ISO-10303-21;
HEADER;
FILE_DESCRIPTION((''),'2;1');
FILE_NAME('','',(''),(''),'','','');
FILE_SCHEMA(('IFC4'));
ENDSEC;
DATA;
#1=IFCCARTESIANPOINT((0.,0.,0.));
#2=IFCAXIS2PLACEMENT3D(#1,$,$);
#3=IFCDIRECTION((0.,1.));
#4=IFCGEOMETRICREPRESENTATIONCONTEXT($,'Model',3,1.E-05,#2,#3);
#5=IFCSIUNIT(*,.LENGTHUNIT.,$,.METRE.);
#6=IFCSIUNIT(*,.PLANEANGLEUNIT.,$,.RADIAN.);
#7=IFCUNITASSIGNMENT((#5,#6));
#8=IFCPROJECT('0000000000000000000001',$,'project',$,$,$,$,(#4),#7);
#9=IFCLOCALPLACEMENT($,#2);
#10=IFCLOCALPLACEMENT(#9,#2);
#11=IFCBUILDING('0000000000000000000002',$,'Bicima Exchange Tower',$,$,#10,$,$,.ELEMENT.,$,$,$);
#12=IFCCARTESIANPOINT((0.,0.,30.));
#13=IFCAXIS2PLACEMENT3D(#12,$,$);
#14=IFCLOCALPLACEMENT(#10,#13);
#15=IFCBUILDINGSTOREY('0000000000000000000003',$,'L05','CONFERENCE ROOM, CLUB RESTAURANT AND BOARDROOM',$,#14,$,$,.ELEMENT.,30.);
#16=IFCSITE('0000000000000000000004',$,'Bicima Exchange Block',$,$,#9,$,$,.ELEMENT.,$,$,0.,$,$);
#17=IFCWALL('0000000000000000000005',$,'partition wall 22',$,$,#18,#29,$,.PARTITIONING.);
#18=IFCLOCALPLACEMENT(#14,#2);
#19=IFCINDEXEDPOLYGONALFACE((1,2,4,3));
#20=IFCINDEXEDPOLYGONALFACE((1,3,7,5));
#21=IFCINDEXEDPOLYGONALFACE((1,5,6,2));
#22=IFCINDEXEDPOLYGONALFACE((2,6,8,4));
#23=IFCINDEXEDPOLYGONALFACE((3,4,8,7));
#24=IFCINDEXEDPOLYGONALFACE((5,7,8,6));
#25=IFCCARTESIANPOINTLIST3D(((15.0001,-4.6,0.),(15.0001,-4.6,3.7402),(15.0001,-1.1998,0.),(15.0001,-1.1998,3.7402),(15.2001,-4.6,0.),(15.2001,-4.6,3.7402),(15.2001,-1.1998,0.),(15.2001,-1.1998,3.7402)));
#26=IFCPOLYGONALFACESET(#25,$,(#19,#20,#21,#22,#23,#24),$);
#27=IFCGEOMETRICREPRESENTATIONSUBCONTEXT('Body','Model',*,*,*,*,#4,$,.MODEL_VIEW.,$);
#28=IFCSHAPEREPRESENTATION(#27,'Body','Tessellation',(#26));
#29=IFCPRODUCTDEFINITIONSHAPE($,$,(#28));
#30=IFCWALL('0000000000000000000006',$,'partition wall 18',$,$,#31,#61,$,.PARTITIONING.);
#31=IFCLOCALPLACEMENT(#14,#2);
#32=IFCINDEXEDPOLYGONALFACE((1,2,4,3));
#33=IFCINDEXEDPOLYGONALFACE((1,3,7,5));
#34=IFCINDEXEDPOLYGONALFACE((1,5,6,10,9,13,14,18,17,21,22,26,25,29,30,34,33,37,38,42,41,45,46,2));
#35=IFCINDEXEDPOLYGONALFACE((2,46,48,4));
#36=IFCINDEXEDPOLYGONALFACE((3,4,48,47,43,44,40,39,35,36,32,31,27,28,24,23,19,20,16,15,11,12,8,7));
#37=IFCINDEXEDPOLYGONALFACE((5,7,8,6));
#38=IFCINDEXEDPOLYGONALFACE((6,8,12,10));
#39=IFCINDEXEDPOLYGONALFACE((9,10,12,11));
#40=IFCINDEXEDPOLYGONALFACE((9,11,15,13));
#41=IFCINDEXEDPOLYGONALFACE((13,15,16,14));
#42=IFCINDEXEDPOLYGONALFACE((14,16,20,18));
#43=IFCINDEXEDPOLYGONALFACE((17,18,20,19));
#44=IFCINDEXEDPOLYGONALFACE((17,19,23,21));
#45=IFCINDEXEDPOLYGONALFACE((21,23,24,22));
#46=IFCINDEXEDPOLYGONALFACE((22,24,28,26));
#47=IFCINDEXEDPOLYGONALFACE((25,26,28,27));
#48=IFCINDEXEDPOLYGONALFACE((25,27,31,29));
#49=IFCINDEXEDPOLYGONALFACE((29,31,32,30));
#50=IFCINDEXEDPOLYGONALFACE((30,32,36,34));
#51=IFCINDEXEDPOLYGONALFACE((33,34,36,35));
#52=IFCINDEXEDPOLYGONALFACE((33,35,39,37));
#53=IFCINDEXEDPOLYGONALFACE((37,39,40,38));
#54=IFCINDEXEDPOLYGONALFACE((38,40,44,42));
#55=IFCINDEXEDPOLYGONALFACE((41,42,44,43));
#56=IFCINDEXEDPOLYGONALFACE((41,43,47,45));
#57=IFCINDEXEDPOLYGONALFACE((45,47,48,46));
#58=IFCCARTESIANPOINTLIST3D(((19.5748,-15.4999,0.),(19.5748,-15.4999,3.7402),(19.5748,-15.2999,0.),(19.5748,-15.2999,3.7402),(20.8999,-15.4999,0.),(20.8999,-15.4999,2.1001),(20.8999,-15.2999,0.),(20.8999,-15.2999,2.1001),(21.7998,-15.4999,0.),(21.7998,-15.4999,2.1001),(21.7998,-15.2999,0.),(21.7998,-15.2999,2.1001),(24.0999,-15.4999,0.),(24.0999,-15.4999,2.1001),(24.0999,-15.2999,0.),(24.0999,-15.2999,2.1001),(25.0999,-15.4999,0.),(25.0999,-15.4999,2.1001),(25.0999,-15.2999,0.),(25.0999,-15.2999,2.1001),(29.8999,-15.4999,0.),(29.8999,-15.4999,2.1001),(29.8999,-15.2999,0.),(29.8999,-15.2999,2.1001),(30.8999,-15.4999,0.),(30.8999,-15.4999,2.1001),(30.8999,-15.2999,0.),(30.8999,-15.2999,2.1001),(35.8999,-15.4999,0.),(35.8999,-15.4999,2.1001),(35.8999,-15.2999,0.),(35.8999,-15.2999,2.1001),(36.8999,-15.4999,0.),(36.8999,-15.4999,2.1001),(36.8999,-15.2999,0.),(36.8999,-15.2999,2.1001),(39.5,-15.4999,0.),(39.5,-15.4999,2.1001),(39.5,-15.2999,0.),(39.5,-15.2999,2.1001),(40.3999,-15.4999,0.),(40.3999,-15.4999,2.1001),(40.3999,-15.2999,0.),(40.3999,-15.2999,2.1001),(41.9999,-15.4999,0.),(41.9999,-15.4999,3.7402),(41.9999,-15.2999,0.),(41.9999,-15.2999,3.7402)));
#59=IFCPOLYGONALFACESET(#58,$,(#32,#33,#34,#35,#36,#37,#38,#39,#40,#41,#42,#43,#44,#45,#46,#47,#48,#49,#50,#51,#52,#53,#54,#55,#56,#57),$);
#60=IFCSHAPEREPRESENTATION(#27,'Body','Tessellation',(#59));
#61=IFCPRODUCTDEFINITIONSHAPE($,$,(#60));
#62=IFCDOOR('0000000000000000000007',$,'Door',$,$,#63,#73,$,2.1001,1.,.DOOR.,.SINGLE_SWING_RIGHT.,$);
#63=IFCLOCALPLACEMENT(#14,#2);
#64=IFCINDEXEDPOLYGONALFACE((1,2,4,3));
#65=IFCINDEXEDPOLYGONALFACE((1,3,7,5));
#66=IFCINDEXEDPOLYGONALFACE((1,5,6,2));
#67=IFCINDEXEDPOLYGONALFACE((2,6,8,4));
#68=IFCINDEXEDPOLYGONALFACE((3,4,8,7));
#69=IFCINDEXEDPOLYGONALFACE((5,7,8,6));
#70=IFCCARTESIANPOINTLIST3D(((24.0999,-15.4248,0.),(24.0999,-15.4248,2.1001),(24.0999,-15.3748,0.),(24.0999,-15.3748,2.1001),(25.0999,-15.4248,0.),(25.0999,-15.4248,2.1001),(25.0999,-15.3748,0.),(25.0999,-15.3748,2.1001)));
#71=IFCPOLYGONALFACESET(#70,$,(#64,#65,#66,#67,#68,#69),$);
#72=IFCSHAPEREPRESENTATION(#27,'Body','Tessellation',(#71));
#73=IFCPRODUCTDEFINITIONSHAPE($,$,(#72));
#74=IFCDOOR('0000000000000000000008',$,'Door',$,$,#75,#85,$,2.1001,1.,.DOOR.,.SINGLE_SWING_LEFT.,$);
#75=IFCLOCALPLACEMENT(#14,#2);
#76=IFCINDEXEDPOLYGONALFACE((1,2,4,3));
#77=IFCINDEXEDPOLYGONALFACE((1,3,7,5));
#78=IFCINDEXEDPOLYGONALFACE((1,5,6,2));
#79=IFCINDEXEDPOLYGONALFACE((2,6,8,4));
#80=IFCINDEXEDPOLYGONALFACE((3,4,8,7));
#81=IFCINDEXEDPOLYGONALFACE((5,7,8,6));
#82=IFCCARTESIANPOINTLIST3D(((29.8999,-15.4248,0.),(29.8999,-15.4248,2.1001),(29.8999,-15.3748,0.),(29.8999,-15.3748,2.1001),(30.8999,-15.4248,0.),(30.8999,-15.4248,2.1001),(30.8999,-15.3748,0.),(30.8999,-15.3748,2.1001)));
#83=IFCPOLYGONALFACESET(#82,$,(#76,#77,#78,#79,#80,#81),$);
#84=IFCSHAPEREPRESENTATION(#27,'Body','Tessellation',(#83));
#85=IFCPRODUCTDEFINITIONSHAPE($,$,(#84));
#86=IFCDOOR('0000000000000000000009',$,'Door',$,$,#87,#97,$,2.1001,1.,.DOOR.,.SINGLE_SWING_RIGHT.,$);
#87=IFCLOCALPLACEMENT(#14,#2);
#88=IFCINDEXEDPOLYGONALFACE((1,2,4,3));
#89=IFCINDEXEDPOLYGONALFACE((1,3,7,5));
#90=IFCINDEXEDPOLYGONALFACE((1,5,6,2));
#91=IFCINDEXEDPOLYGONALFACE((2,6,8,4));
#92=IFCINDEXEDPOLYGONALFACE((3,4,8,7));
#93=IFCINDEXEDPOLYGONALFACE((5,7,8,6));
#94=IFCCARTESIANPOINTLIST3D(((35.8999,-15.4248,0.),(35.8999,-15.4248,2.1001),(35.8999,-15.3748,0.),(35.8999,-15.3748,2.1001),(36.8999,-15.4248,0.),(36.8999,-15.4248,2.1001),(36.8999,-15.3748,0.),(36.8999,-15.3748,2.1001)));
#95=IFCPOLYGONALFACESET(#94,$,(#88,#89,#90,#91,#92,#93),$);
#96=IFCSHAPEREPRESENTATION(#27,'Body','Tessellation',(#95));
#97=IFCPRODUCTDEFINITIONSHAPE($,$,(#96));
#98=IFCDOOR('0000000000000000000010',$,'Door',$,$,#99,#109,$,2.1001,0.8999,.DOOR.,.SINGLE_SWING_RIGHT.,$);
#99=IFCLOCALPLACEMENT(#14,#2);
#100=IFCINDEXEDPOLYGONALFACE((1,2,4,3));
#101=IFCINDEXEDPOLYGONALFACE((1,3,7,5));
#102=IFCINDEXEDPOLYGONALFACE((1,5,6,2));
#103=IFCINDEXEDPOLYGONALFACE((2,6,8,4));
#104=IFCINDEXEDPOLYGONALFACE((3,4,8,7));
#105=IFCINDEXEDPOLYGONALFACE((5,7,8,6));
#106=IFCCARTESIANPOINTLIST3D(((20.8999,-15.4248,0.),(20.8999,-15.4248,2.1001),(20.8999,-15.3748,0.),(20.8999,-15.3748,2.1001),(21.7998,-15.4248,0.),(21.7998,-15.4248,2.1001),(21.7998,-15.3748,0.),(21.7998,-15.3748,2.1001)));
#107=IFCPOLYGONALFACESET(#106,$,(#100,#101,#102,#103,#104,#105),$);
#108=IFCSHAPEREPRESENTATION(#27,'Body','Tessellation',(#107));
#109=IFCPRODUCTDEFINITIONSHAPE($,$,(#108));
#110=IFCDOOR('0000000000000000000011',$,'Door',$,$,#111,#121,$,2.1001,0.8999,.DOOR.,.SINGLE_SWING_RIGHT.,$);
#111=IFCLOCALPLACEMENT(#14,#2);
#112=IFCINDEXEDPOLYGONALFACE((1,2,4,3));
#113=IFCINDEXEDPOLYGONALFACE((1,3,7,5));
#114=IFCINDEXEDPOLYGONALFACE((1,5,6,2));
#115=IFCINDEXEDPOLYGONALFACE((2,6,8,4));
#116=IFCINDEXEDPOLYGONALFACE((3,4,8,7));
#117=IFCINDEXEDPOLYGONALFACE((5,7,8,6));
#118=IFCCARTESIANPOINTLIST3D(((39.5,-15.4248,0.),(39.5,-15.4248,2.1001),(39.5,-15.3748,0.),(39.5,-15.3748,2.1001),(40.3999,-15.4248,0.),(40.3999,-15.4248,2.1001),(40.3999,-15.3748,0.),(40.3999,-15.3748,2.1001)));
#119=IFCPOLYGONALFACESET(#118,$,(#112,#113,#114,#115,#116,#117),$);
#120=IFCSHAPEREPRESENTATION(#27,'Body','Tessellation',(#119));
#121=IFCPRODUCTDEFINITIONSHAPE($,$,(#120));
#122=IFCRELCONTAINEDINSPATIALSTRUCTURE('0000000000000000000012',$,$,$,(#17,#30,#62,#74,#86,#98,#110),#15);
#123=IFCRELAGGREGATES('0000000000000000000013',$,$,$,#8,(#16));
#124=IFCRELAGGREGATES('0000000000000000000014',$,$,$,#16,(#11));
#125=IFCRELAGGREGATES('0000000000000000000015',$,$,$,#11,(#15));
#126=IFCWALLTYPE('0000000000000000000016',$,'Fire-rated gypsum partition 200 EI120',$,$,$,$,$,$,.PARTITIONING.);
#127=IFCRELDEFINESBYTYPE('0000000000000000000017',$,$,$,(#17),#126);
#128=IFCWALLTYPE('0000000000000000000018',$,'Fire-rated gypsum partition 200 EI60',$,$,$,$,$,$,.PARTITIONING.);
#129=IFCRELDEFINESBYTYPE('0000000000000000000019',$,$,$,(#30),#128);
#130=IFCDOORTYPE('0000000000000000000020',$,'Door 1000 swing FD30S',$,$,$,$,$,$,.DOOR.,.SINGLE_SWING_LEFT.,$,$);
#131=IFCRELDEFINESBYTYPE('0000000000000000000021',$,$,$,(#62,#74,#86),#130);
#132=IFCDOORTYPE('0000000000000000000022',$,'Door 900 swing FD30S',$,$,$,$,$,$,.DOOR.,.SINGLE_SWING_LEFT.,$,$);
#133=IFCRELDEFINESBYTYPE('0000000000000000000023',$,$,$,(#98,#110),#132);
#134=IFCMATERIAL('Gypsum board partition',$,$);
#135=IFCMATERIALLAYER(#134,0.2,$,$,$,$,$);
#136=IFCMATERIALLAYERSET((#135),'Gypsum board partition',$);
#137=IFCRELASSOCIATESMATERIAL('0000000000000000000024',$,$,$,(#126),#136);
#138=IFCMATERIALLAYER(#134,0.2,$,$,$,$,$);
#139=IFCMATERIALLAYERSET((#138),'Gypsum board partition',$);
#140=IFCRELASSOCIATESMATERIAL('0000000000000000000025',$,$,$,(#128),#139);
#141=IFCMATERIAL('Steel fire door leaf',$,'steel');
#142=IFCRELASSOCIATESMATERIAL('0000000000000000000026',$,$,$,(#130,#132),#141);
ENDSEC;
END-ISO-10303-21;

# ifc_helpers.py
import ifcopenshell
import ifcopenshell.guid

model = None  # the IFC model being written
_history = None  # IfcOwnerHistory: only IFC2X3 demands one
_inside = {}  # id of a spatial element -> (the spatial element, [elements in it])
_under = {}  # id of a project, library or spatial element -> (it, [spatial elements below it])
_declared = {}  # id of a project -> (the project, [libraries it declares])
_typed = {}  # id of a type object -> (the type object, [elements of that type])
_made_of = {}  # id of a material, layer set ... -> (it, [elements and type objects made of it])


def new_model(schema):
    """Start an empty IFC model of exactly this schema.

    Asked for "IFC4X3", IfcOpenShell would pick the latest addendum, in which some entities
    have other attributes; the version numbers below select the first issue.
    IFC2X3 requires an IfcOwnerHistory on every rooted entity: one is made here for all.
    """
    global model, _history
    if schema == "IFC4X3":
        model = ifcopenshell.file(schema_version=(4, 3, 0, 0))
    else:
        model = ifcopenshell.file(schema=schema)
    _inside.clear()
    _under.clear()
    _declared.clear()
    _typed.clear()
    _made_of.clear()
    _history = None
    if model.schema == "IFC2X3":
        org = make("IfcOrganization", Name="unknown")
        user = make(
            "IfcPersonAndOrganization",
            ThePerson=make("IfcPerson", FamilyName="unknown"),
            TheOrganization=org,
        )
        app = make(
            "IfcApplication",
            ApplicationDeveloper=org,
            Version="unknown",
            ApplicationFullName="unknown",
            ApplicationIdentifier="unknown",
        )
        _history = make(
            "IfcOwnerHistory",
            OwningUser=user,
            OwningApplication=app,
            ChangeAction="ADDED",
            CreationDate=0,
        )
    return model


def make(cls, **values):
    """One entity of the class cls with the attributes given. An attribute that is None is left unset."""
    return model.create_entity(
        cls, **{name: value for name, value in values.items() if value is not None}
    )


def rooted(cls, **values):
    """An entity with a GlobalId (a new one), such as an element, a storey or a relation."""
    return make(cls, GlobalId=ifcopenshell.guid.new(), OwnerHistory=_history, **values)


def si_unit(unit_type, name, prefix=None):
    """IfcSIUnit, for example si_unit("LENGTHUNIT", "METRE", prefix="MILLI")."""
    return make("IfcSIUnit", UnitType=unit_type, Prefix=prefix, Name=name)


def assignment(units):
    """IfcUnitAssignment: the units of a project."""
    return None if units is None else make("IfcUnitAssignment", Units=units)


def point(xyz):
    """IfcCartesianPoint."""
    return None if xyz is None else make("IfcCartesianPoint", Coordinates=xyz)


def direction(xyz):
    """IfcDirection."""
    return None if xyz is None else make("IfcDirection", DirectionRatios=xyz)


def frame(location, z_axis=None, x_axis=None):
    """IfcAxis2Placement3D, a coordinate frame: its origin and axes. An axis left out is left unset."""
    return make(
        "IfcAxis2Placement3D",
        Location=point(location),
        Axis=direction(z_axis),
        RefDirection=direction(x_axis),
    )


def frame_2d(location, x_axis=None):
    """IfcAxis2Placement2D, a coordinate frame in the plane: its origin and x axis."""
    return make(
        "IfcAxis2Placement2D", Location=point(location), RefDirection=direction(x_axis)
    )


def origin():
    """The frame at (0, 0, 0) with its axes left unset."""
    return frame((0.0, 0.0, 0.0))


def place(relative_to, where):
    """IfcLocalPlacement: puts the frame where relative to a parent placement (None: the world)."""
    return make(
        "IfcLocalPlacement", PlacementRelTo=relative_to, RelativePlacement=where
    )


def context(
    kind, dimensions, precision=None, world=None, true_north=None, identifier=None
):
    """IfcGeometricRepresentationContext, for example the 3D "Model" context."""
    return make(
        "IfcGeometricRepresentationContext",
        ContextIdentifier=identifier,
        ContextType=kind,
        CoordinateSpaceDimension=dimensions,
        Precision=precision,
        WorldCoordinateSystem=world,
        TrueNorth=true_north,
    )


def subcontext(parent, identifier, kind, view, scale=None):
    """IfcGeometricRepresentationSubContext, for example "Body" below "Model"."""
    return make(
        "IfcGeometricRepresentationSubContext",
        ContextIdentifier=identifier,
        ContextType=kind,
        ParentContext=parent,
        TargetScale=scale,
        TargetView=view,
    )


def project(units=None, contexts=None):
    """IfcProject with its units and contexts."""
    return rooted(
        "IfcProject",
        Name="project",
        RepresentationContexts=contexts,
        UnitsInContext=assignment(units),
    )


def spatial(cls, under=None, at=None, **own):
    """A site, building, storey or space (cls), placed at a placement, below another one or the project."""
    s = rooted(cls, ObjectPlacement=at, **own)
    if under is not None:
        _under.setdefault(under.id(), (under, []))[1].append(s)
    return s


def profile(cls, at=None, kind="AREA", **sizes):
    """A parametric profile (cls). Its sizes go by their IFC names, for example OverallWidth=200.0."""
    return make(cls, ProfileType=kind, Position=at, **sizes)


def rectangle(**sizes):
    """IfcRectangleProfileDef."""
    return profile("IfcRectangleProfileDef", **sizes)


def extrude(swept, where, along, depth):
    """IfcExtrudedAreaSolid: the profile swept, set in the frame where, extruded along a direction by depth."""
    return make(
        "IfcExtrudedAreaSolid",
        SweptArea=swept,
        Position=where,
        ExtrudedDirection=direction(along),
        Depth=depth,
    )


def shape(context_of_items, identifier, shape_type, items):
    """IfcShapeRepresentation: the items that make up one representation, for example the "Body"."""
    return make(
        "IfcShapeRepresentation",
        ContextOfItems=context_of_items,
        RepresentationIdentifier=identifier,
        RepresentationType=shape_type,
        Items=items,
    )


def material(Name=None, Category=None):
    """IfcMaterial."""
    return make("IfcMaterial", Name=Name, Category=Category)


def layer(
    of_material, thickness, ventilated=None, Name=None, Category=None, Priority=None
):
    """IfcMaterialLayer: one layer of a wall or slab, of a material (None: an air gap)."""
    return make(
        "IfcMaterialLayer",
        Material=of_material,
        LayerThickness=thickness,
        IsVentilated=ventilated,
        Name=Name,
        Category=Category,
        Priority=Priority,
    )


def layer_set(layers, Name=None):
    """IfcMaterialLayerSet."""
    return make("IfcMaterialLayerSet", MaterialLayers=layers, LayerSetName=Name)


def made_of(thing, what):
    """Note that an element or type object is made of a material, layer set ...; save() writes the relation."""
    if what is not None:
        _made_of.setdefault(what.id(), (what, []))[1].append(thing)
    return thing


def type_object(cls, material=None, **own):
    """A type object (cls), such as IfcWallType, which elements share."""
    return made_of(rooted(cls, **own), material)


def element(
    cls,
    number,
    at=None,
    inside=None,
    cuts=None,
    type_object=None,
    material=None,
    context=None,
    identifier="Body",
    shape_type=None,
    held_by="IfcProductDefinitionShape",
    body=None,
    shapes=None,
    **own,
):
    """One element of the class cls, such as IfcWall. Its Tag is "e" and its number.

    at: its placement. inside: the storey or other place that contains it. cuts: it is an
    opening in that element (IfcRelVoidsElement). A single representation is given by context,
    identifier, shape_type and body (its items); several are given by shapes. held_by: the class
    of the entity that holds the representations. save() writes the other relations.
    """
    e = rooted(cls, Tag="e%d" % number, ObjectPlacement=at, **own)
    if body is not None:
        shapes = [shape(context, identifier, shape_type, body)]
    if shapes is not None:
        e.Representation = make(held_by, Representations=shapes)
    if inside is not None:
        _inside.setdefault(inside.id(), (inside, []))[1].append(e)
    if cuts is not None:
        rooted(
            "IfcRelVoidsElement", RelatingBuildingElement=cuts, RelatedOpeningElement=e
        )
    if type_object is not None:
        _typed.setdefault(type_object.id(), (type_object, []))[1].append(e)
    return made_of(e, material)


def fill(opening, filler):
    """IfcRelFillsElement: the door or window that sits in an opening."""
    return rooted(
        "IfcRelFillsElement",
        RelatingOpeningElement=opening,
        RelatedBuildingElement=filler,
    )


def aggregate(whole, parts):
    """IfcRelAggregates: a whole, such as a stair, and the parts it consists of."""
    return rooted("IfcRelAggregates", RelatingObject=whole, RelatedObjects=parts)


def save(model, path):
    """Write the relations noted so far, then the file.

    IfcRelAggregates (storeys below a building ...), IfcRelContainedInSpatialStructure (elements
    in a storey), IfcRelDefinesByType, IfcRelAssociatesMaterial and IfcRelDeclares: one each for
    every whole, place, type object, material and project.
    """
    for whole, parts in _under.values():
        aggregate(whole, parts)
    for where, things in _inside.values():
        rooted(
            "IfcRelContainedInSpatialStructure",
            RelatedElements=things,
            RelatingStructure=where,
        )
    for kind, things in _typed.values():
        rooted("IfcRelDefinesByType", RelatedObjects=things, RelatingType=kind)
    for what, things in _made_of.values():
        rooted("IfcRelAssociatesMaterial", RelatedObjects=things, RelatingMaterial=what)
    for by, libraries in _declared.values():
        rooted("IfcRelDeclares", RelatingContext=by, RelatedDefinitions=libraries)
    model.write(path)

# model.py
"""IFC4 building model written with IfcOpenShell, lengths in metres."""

from ifc_helpers import new_model, si_unit, direction, frame, frame_2d, origin, place, context, subcontext, project, spatial, rectangle, extrude, material, layer, layer_set, type_object, element, fill, save


model = new_model("IFC4")

# Units and contexts
model_context = context("Model", 3, precision=1e-05, world=origin(), true_north=direction((0.0, 1.0)))
body_context = subcontext(model_context, "Body", "Model", "MODEL_VIEW")
ifc_project = project(units=[si_unit("LENGTHUNIT", "METRE"), si_unit("PLANEANGLEUNIT", "RADIAN")], contexts=[model_context])

# Site, building, storey
site_placement = place(None, origin())
site = spatial("IfcSite", under=ifc_project, at=site_placement, Name="Bicima Exchange Block", CompositionType="ELEMENT", RefElevation=0.0)
building_placement = place(site_placement, origin())
building = spatial("IfcBuilding", under=site, at=building_placement, Name="Bicima Exchange Tower", CompositionType="ELEMENT")
storey_placement = place(building_placement, frame((0.0, 0.0, 30.0)))
storey = spatial("IfcBuildingStorey", under=building, at=storey_placement, Name="L05", Description="CONFERENCE ROOM, CLUB RESTAURANT AND BOARDROOM", CompositionType="ELEMENT", Elevation=30.0)

# Wall
ifc_material_1 = material(Name="Gypsum board partition")
ifc_layer_1 = layer(ifc_material_1, 0.2)
ifc_layer_set_1 = layer_set([ifc_layer_1], Name="Gypsum board partition")
wall_type_1 = type_object("IfcWallType", Name="Fire-rated gypsum partition 200 EI120", PredefinedType="PARTITIONING", material=ifc_layer_set_1)
wall_1_placement = place(storey_placement, frame((15.1001, -4.6001, 0.0), z_axis=(0.0, 0.0, 1.0), x_axis=(0.0, 1.0, 0.0)))
element("IfcWall", 1, at=wall_1_placement, inside=storey, type_object=wall_type_1, Name="partition wall 22", PredefinedType="PARTITIONING", context=body_context, shape_type="SweptSolid", body=[
    extrude(rectangle(XDim=3.4001, YDim=0.2, at=frame_2d((1.7002, 0.0))), origin(), (0.0, 0.0, 1.0), 3.7402),
])

# Wall, openings, doors
ifc_layer_2 = layer(ifc_material_1, 0.2)
ifc_layer_set_2 = layer_set([ifc_layer_2], Name="Gypsum board partition")
wall_type_2 = type_object("IfcWallType", Name="Fire-rated gypsum partition 200 EI60", PredefinedType="PARTITIONING", material=ifc_layer_set_2)
wall_2_placement = place(storey_placement, frame((19.575, -15.3999, 0.0), z_axis=(0.0, 0.0, 1.0), x_axis=(1.0, 0.0, 0.0)))
wall_2 = element("IfcWall", 2, at=wall_2_placement, inside=storey, type_object=wall_type_2, Name="partition wall 18", PredefinedType="PARTITIONING", context=body_context, shape_type="SweptSolid", body=[
    extrude(rectangle(XDim=22.425, YDim=0.2, at=frame_2d((11.2124, 0.0))), origin(), (0.0, 0.0, 1.0), 3.7402),
])
opening_1_placement = place(wall_2_placement, frame((1.325, 0.0, 0.0)))
opening_1 = element("IfcOpeningElement", 3, at=opening_1_placement, cuts=wall_2, PredefinedType="OPENING", context=body_context, shape_type="SweptSolid", body=[
    extrude(rectangle(XDim=0.8999, YDim=2.1001, at=frame_2d((0.45, 1.05))), frame((0.0, 0.1118, 0.0), z_axis=(0.0, -1.0, 0.0), x_axis=(1.0, 0.0, 0.0)), (0.0, 0.0, 1.0), 0.2239),
])
opening_2_placement = place(wall_2_placement, frame((4.5249, 0.0, 0.0)))
opening_2 = element("IfcOpeningElement", 4, at=opening_2_placement, cuts=wall_2, PredefinedType="OPENING", context=body_context, shape_type="SweptSolid", body=[
    extrude(rectangle(XDim=1.0, YDim=2.1001, at=frame_2d((0.5, 1.05))), frame((0.0, 0.1118, 0.0), z_axis=(0.0, -1.0, 0.0), x_axis=(1.0, 0.0, 0.0)), (0.0, 0.0, 1.0), 0.2239),
])
opening_3_placement = place(wall_2_placement, frame((10.325, 0.0, 0.0)))
opening_3 = element("IfcOpeningElement", 5, at=opening_3_placement, cuts=wall_2, PredefinedType="OPENING", context=body_context, shape_type="SweptSolid", body=[
    extrude(rectangle(XDim=1.0, YDim=2.1001, at=frame_2d((0.5, 1.05))), frame((0.0, 0.1118, 0.0), z_axis=(0.0, -1.0, 0.0), x_axis=(1.0, 0.0, 0.0)), (0.0, 0.0, 1.0), 0.2239),
])
opening_4_placement = place(wall_2_placement, frame((16.325, 0.0, 0.0)))
opening_4 = element("IfcOpeningElement", 6, at=opening_4_placement, cuts=wall_2, PredefinedType="OPENING", context=body_context, shape_type="SweptSolid", body=[
    extrude(rectangle(XDim=1.0, YDim=2.1001, at=frame_2d((0.5, 1.05))), frame((0.0, 0.1118, 0.0), z_axis=(0.0, -1.0, 0.0), x_axis=(1.0, 0.0, 0.0)), (0.0, 0.0, 1.0), 0.2239),
])
opening_5_placement = place(wall_2_placement, frame((19.925, 0.0, 0.0)))
opening_5 = element("IfcOpeningElement", 7, at=opening_5_placement, cuts=wall_2, PredefinedType="OPENING", context=body_context, shape_type="SweptSolid", body=[
    extrude(rectangle(XDim=0.8999, YDim=2.1001, at=frame_2d((0.45, 1.05))), frame((0.0, 0.1118, 0.0), z_axis=(0.0, -1.0, 0.0), x_axis=(1.0, 0.0, 0.0)), (0.0, 0.0, 1.0), 0.2239),
])
ifc_material_2 = material(Name="Steel fire door leaf", Category="steel")
door_type_1 = type_object("IfcDoorType", Name="Door 1000 swing FD30S", OperationType="SINGLE_SWING_LEFT", PredefinedType="DOOR", material=ifc_material_2)
door_1_placement = place(opening_2_placement, frame((1.0, 0.0, 0.0), z_axis=(0.0, 0.0, 1.0), x_axis=(-1.0, 0.0, 0.0)))
door_1 = element("IfcDoor", 8, at=door_1_placement, inside=storey, type_object=door_type_1, Name="Door", OperationType="SINGLE_SWING_RIGHT", OverallHeight=2.1001, OverallWidth=1.0, PredefinedType="DOOR", context=body_context, shape_type="SweptSolid", body=[
    extrude(rectangle(XDim=1.0, YDim=2.1001, at=frame_2d((0.5, 1.05))), frame((0.0, 0.0249, 0.0), z_axis=(0.0, -1.0, 0.0), x_axis=(1.0, 0.0, 0.0)), (0.0, 0.0, 1.0), 0.05),
])
fill(opening_2, door_1)
door_2_placement = place(opening_3_placement, frame((1.0, 0.0, 0.0), z_axis=(0.0, 0.0, 1.0), x_axis=(-1.0, 0.0, 0.0)))
door_2 = element("IfcDoor", 9, at=door_2_placement, inside=storey, type_object=door_type_1, Name="Door", OperationType="SINGLE_SWING_LEFT", OverallHeight=2.1001, OverallWidth=1.0, PredefinedType="DOOR", context=body_context, shape_type="SweptSolid", body=[
    extrude(rectangle(XDim=1.0, YDim=2.1001, at=frame_2d((0.5, 1.05))), frame((0.0, 0.0249, 0.0), z_axis=(0.0, -1.0, 0.0), x_axis=(1.0, 0.0, 0.0)), (0.0, 0.0, 1.0), 0.05),
])
fill(opening_3, door_2)
door_3_placement = place(opening_4_placement, frame((1.0, 0.0, 0.0), z_axis=(0.0, 0.0, 1.0), x_axis=(-1.0, 0.0, 0.0)))
door_3 = element("IfcDoor", 10, at=door_3_placement, inside=storey, type_object=door_type_1, Name="Door", OperationType="SINGLE_SWING_RIGHT", OverallHeight=2.1001, OverallWidth=1.0, PredefinedType="DOOR", context=body_context, shape_type="SweptSolid", body=[
    extrude(rectangle(XDim=1.0, YDim=2.1001, at=frame_2d((0.5, 1.05))), frame((0.0, 0.0249, 0.0), z_axis=(0.0, -1.0, 0.0), x_axis=(1.0, 0.0, 0.0)), (0.0, 0.0, 1.0), 0.05),
])
fill(opening_4, door_3)
door_type_2 = type_object("IfcDoorType", Name="Door 900 swing FD30S", OperationType="SINGLE_SWING_LEFT", PredefinedType="DOOR", material=ifc_material_2)
door_4_placement = place(opening_1_placement, frame((0.8999, 0.0, 0.0), z_axis=(0.0, 0.0, 1.0), x_axis=(-1.0, 0.0, 0.0)))
door_4 = element("IfcDoor", 11, at=door_4_placement, inside=storey, type_object=door_type_2, Name="Door", OperationType="SINGLE_SWING_RIGHT", OverallHeight=2.1001, OverallWidth=0.8999, PredefinedType="DOOR", context=body_context, shape_type="SweptSolid", body=[
    extrude(rectangle(XDim=0.8999, YDim=2.1001, at=frame_2d((0.45, 1.05))), frame((0.0, 0.0249, 0.0), z_axis=(0.0, -1.0, 0.0), x_axis=(1.0, 0.0, 0.0)), (0.0, 0.0, 1.0), 0.05),
])
fill(opening_1, door_4)
door_5_placement = place(opening_5_placement, frame((0.8999, 0.0, 0.0), z_axis=(0.0, 0.0, 1.0), x_axis=(-1.0, 0.0, 0.0)))
door_5 = element("IfcDoor", 12, at=door_5_placement, inside=storey, type_object=door_type_2, Name="Door", OperationType="SINGLE_SWING_RIGHT", OverallHeight=2.1001, OverallWidth=0.8999, PredefinedType="DOOR", context=body_context, shape_type="SweptSolid", body=[
    extrude(rectangle(XDim=0.8999, YDim=2.1001, at=frame_2d((0.45, 1.05))), frame((0.0, 0.0249, 0.0), z_axis=(0.0, -1.0, 0.0), x_axis=(1.0, 0.0, 0.0)), (0.0, 0.0, 1.0), 0.05),
])
fill(opening_5, door_5)

save(model, "model.ifc")
